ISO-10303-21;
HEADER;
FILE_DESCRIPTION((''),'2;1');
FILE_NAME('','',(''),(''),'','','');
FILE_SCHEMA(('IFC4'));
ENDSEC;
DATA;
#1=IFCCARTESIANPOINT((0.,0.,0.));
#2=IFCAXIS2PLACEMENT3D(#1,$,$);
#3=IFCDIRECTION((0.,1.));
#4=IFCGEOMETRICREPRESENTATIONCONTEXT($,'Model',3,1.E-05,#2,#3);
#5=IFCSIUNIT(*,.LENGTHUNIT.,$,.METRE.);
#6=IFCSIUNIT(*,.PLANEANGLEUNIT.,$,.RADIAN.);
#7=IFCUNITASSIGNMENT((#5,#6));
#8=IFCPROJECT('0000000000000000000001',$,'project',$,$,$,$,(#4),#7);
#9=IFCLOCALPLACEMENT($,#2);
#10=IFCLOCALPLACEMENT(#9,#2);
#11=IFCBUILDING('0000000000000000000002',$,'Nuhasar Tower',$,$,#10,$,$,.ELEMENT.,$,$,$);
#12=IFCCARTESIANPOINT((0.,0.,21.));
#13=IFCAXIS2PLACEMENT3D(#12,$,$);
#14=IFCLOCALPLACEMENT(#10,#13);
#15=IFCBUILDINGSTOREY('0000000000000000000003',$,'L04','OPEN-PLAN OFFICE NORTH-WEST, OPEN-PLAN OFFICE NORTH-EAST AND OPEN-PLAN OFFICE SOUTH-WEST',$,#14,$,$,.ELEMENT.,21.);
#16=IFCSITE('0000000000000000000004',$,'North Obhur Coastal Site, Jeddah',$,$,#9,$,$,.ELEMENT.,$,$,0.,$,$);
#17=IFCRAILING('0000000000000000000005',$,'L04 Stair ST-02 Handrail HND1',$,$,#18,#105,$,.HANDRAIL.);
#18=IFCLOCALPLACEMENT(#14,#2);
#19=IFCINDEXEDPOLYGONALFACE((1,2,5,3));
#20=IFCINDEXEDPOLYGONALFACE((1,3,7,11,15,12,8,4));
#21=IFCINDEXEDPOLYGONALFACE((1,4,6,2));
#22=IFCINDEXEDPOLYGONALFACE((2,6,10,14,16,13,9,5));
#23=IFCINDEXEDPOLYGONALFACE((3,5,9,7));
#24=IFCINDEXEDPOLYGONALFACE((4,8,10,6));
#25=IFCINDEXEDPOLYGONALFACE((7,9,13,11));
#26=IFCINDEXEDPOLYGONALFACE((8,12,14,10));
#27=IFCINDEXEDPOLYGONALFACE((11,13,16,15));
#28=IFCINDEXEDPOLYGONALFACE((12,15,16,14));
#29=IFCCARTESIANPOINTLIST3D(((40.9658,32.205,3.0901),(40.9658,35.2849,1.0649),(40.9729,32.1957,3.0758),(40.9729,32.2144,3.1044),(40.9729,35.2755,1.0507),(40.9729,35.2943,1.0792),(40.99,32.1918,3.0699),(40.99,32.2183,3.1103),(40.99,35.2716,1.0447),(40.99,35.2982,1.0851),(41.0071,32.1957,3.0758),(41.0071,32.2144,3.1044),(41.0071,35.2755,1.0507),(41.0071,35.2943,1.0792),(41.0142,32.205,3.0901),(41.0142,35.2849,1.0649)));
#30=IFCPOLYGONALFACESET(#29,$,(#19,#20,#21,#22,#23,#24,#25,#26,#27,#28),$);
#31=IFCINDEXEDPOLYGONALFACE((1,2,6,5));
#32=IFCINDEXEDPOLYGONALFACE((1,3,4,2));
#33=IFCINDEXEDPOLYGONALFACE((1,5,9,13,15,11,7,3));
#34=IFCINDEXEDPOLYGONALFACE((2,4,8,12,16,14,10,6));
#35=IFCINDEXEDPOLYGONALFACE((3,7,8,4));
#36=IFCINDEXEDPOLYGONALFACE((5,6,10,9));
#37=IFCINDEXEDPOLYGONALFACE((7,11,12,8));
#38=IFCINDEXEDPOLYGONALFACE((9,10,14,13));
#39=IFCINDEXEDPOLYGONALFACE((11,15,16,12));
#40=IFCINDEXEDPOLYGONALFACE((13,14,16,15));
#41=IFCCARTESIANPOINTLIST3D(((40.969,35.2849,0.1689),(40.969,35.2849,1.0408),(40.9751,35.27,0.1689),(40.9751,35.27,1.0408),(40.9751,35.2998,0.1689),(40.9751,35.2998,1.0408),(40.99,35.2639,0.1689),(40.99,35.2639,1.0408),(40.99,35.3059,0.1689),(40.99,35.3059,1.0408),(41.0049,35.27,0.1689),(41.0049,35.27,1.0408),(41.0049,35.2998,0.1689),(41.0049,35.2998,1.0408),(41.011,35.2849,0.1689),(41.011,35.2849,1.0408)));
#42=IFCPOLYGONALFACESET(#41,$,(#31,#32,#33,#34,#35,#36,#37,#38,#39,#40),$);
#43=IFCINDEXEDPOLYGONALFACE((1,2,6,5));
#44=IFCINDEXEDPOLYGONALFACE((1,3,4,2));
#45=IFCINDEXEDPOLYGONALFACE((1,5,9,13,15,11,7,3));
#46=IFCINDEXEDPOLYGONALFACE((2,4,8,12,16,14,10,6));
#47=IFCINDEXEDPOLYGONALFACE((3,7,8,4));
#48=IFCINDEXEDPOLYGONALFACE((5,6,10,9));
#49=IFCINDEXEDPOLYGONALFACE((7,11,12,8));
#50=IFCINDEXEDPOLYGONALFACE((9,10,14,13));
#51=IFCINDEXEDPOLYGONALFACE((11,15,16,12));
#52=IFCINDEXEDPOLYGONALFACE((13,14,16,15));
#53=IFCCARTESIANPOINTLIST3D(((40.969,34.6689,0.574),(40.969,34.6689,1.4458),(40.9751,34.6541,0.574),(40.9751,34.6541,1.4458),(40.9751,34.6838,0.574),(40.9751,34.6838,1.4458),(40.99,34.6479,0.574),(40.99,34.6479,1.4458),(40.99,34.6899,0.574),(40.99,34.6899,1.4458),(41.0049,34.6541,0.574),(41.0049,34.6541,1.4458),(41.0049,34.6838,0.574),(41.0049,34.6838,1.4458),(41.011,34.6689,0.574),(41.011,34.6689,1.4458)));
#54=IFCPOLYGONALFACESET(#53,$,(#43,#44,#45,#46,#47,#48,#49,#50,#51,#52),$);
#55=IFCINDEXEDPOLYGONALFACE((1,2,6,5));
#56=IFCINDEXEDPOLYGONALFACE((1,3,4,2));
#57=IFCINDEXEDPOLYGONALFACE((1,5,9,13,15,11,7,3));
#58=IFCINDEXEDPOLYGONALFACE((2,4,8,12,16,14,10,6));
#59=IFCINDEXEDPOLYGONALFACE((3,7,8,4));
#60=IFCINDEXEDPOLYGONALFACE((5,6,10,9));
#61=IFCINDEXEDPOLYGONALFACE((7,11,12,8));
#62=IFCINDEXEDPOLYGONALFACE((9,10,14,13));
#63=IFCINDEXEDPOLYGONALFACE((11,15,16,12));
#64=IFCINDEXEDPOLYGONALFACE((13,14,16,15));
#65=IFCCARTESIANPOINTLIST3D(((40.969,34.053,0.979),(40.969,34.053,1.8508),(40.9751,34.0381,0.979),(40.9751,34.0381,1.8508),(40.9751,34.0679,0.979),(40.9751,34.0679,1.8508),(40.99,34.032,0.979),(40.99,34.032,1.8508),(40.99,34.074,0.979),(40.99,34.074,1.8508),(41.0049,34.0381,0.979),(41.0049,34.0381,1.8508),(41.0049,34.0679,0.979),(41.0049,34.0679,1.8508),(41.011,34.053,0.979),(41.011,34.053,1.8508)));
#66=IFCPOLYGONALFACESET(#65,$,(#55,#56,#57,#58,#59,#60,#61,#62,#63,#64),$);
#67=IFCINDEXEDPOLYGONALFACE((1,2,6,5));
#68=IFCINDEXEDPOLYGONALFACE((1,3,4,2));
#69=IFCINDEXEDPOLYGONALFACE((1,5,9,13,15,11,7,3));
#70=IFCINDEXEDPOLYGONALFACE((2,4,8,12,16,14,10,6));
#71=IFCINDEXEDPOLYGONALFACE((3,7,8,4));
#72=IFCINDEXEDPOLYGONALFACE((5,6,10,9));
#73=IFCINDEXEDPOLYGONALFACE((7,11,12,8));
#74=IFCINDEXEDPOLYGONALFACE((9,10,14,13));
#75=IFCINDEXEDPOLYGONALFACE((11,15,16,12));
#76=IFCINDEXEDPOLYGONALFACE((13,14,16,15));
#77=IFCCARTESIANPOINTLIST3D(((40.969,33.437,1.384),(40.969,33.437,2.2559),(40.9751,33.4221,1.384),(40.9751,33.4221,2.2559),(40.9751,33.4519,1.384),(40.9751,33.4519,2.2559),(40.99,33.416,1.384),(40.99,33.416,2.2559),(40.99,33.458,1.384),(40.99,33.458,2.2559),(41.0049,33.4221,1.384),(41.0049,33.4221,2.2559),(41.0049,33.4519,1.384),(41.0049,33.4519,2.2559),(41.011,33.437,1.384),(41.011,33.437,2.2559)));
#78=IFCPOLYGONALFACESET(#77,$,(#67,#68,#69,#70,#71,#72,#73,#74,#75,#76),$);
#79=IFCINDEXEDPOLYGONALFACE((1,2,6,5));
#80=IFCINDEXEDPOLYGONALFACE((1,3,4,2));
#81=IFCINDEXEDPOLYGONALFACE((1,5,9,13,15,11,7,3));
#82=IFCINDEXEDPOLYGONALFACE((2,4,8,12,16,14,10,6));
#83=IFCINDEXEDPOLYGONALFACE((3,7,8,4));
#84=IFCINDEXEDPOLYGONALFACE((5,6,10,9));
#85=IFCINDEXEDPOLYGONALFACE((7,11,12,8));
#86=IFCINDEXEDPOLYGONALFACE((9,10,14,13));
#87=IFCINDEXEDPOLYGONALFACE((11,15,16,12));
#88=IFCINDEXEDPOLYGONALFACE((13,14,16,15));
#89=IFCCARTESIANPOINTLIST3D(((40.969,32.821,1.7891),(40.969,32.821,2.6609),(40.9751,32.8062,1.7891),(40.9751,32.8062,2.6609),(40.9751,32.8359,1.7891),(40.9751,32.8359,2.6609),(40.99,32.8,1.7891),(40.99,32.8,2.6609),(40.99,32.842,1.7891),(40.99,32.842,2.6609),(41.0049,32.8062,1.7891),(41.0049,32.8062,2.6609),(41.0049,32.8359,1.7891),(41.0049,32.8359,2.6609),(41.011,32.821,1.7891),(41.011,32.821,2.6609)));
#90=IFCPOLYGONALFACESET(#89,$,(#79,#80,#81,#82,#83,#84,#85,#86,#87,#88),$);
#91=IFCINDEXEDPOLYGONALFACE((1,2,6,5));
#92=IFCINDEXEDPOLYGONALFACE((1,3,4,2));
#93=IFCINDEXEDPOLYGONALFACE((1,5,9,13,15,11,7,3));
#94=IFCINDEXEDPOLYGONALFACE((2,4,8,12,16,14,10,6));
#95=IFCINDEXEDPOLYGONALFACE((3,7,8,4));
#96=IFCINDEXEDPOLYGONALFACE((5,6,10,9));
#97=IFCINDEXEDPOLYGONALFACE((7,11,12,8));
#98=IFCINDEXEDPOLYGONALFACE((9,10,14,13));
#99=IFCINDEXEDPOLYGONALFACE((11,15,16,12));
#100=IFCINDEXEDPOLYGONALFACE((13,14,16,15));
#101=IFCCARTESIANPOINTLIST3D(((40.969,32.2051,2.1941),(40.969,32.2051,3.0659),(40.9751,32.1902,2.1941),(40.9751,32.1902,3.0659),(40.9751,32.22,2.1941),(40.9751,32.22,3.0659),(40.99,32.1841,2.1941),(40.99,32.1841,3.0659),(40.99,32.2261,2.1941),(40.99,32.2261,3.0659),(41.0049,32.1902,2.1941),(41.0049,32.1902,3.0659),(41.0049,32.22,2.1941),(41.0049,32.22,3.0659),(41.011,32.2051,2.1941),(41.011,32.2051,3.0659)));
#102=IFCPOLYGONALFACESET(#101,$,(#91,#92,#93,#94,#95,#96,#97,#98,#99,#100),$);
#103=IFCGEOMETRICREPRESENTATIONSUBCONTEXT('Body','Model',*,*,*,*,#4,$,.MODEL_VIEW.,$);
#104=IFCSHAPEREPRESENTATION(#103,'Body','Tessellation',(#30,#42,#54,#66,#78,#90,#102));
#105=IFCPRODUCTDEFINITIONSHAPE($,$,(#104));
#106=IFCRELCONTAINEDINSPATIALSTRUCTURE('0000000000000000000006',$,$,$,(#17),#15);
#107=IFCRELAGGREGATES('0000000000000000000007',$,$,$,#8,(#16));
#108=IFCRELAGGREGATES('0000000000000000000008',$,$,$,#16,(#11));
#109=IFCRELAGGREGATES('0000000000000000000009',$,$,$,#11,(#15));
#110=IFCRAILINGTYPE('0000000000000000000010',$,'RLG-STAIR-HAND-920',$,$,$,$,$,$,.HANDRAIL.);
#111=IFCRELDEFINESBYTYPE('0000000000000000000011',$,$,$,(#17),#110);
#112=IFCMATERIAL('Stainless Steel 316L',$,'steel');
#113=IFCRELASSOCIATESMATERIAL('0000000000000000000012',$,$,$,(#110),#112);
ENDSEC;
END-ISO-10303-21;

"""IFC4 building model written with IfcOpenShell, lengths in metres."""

from ifc_helpers import new_model, si_unit, direction, frame, origin, place, context, subcontext, project, spatial, polyline, outline, extrude, material, type_object, element, save


model = new_model("IFC4")

# Units and contexts
model_context = context("Model", 3, precision=1e-05, world=origin(), true_north=direction((0.0, 1.0)))
body_context = subcontext(model_context, "Body", "Model", "MODEL_VIEW")
ifc_project = project(units=[si_unit("LENGTHUNIT", "METRE"), si_unit("PLANEANGLEUNIT", "RADIAN")], contexts=[model_context])

# Site, building, storey
site_placement = place(None, origin())
site = spatial("IfcSite", under=ifc_project, at=site_placement, Name="North Obhur Coastal Site, Jeddah", CompositionType="ELEMENT", RefElevation=0.0)
building_placement = place(site_placement, origin())
building = spatial("IfcBuilding", under=site, at=building_placement, Name="Nuhasar Tower", CompositionType="ELEMENT")
storey_placement = place(building_placement, frame((0.0, 0.0, 21.0)))
storey = spatial("IfcBuildingStorey", under=building, at=storey_placement, Name="L04", Description="OPEN-PLAN OFFICE NORTH-WEST, OPEN-PLAN OFFICE NORTH-EAST AND OPEN-PLAN OFFICE SOUTH-WEST", CompositionType="ELEMENT", Elevation=21.0)

# Railing
ifc_material_1 = material(Name="Stainless Steel 316L", Category="steel")
railing_type_1 = type_object("IfcRailingType", Name="RLG-STAIR-HAND-920", PredefinedType="HANDRAIL", material=ifc_material_1)
railing_1_placement = place(storey_placement, frame((40.99, 35.2849, 0.1689)))
element("IfcRailing", 1, at=railing_1_placement, inside=storey, type_object=railing_type_1, Name="L04 Stair ST-02 Handrail HND1", PredefinedType="HANDRAIL", context=body_context, shape_type="SweptSolid", body=[
    extrude(outline(polyline([(0.0242, 0.0), (0.0171, 0.0171), (0.0, 0.0242), (-0.0171, 0.0171), (-0.0242, 0.0), (-0.0171, -0.0171), (0.0, -0.0242), (0.0171, -0.0171), (0.0242, 0.0)])), frame((0.0, 0.0, 0.896), z_axis=(0.0, -0.835549, 0.549416), x_axis=(1.0, 0.0, 0.0)), (0.0, 0.0, 1.0), 3.686),
    extrude(outline(polyline([(0.021, 0.0), (0.0149, 0.0149), (0.0, 0.021), (-0.0149, 0.0149), (-0.021, 0.0), (-0.0149, -0.0149), (0.0, -0.021), (0.0149, -0.0149), (0.021, 0.0)])), origin(), (0.0, 0.0, 1.0), 0.8718),
    extrude(outline(polyline([(0.021, 0.0), (0.0149, 0.0149), (0.0, 0.021), (-0.0149, 0.0149), (-0.021, 0.0), (-0.0149, -0.0149), (0.0, -0.021), (0.0149, -0.0149), (0.021, 0.0)])), frame((0.0, -0.616, 0.405)), (0.0, 0.0, 1.0), 0.8718),
    extrude(outline(polyline([(0.021, 0.0), (0.0149, 0.0149), (0.0, 0.021), (-0.0149, 0.0149), (-0.021, 0.0), (-0.0149, -0.0149), (0.0, -0.021), (0.0149, -0.0149), (0.021, 0.0)])), frame((0.0, -1.2319, 0.8101)), (0.0, 0.0, 1.0), 0.8718),
    extrude(outline(polyline([(0.021, 0.0), (0.0149, 0.0149), (0.0, 0.021), (-0.0149, 0.0149), (-0.021, 0.0), (-0.0149, -0.0149), (0.0, -0.021), (0.0149, -0.0149), (0.021, 0.0)])), frame((0.0, -1.8479, 1.2151)), (0.0, 0.0, 1.0), 0.8718),
    extrude(outline(polyline([(0.021, 0.0), (0.0149, 0.0149), (0.0, 0.021), (-0.0149, 0.0149), (-0.021, 0.0), (-0.0149, -0.0149), (0.0, -0.021), (0.0149, -0.0149), (0.021, 0.0)])), frame((0.0, -2.4639, 1.6201)), (0.0, 0.0, 1.0), 0.8718),
    extrude(outline(polyline([(0.021, 0.0), (0.0149, 0.0149), (0.0, 0.021), (-0.0149, 0.0149), (-0.021, 0.0), (-0.0149, -0.0149), (0.0, -0.021), (0.0149, -0.0149), (0.021, 0.0)])), frame((0.0, -3.0798, 2.0251)), (0.0, 0.0, 1.0), 0.8718),
])

save(model, "model.ifc")
